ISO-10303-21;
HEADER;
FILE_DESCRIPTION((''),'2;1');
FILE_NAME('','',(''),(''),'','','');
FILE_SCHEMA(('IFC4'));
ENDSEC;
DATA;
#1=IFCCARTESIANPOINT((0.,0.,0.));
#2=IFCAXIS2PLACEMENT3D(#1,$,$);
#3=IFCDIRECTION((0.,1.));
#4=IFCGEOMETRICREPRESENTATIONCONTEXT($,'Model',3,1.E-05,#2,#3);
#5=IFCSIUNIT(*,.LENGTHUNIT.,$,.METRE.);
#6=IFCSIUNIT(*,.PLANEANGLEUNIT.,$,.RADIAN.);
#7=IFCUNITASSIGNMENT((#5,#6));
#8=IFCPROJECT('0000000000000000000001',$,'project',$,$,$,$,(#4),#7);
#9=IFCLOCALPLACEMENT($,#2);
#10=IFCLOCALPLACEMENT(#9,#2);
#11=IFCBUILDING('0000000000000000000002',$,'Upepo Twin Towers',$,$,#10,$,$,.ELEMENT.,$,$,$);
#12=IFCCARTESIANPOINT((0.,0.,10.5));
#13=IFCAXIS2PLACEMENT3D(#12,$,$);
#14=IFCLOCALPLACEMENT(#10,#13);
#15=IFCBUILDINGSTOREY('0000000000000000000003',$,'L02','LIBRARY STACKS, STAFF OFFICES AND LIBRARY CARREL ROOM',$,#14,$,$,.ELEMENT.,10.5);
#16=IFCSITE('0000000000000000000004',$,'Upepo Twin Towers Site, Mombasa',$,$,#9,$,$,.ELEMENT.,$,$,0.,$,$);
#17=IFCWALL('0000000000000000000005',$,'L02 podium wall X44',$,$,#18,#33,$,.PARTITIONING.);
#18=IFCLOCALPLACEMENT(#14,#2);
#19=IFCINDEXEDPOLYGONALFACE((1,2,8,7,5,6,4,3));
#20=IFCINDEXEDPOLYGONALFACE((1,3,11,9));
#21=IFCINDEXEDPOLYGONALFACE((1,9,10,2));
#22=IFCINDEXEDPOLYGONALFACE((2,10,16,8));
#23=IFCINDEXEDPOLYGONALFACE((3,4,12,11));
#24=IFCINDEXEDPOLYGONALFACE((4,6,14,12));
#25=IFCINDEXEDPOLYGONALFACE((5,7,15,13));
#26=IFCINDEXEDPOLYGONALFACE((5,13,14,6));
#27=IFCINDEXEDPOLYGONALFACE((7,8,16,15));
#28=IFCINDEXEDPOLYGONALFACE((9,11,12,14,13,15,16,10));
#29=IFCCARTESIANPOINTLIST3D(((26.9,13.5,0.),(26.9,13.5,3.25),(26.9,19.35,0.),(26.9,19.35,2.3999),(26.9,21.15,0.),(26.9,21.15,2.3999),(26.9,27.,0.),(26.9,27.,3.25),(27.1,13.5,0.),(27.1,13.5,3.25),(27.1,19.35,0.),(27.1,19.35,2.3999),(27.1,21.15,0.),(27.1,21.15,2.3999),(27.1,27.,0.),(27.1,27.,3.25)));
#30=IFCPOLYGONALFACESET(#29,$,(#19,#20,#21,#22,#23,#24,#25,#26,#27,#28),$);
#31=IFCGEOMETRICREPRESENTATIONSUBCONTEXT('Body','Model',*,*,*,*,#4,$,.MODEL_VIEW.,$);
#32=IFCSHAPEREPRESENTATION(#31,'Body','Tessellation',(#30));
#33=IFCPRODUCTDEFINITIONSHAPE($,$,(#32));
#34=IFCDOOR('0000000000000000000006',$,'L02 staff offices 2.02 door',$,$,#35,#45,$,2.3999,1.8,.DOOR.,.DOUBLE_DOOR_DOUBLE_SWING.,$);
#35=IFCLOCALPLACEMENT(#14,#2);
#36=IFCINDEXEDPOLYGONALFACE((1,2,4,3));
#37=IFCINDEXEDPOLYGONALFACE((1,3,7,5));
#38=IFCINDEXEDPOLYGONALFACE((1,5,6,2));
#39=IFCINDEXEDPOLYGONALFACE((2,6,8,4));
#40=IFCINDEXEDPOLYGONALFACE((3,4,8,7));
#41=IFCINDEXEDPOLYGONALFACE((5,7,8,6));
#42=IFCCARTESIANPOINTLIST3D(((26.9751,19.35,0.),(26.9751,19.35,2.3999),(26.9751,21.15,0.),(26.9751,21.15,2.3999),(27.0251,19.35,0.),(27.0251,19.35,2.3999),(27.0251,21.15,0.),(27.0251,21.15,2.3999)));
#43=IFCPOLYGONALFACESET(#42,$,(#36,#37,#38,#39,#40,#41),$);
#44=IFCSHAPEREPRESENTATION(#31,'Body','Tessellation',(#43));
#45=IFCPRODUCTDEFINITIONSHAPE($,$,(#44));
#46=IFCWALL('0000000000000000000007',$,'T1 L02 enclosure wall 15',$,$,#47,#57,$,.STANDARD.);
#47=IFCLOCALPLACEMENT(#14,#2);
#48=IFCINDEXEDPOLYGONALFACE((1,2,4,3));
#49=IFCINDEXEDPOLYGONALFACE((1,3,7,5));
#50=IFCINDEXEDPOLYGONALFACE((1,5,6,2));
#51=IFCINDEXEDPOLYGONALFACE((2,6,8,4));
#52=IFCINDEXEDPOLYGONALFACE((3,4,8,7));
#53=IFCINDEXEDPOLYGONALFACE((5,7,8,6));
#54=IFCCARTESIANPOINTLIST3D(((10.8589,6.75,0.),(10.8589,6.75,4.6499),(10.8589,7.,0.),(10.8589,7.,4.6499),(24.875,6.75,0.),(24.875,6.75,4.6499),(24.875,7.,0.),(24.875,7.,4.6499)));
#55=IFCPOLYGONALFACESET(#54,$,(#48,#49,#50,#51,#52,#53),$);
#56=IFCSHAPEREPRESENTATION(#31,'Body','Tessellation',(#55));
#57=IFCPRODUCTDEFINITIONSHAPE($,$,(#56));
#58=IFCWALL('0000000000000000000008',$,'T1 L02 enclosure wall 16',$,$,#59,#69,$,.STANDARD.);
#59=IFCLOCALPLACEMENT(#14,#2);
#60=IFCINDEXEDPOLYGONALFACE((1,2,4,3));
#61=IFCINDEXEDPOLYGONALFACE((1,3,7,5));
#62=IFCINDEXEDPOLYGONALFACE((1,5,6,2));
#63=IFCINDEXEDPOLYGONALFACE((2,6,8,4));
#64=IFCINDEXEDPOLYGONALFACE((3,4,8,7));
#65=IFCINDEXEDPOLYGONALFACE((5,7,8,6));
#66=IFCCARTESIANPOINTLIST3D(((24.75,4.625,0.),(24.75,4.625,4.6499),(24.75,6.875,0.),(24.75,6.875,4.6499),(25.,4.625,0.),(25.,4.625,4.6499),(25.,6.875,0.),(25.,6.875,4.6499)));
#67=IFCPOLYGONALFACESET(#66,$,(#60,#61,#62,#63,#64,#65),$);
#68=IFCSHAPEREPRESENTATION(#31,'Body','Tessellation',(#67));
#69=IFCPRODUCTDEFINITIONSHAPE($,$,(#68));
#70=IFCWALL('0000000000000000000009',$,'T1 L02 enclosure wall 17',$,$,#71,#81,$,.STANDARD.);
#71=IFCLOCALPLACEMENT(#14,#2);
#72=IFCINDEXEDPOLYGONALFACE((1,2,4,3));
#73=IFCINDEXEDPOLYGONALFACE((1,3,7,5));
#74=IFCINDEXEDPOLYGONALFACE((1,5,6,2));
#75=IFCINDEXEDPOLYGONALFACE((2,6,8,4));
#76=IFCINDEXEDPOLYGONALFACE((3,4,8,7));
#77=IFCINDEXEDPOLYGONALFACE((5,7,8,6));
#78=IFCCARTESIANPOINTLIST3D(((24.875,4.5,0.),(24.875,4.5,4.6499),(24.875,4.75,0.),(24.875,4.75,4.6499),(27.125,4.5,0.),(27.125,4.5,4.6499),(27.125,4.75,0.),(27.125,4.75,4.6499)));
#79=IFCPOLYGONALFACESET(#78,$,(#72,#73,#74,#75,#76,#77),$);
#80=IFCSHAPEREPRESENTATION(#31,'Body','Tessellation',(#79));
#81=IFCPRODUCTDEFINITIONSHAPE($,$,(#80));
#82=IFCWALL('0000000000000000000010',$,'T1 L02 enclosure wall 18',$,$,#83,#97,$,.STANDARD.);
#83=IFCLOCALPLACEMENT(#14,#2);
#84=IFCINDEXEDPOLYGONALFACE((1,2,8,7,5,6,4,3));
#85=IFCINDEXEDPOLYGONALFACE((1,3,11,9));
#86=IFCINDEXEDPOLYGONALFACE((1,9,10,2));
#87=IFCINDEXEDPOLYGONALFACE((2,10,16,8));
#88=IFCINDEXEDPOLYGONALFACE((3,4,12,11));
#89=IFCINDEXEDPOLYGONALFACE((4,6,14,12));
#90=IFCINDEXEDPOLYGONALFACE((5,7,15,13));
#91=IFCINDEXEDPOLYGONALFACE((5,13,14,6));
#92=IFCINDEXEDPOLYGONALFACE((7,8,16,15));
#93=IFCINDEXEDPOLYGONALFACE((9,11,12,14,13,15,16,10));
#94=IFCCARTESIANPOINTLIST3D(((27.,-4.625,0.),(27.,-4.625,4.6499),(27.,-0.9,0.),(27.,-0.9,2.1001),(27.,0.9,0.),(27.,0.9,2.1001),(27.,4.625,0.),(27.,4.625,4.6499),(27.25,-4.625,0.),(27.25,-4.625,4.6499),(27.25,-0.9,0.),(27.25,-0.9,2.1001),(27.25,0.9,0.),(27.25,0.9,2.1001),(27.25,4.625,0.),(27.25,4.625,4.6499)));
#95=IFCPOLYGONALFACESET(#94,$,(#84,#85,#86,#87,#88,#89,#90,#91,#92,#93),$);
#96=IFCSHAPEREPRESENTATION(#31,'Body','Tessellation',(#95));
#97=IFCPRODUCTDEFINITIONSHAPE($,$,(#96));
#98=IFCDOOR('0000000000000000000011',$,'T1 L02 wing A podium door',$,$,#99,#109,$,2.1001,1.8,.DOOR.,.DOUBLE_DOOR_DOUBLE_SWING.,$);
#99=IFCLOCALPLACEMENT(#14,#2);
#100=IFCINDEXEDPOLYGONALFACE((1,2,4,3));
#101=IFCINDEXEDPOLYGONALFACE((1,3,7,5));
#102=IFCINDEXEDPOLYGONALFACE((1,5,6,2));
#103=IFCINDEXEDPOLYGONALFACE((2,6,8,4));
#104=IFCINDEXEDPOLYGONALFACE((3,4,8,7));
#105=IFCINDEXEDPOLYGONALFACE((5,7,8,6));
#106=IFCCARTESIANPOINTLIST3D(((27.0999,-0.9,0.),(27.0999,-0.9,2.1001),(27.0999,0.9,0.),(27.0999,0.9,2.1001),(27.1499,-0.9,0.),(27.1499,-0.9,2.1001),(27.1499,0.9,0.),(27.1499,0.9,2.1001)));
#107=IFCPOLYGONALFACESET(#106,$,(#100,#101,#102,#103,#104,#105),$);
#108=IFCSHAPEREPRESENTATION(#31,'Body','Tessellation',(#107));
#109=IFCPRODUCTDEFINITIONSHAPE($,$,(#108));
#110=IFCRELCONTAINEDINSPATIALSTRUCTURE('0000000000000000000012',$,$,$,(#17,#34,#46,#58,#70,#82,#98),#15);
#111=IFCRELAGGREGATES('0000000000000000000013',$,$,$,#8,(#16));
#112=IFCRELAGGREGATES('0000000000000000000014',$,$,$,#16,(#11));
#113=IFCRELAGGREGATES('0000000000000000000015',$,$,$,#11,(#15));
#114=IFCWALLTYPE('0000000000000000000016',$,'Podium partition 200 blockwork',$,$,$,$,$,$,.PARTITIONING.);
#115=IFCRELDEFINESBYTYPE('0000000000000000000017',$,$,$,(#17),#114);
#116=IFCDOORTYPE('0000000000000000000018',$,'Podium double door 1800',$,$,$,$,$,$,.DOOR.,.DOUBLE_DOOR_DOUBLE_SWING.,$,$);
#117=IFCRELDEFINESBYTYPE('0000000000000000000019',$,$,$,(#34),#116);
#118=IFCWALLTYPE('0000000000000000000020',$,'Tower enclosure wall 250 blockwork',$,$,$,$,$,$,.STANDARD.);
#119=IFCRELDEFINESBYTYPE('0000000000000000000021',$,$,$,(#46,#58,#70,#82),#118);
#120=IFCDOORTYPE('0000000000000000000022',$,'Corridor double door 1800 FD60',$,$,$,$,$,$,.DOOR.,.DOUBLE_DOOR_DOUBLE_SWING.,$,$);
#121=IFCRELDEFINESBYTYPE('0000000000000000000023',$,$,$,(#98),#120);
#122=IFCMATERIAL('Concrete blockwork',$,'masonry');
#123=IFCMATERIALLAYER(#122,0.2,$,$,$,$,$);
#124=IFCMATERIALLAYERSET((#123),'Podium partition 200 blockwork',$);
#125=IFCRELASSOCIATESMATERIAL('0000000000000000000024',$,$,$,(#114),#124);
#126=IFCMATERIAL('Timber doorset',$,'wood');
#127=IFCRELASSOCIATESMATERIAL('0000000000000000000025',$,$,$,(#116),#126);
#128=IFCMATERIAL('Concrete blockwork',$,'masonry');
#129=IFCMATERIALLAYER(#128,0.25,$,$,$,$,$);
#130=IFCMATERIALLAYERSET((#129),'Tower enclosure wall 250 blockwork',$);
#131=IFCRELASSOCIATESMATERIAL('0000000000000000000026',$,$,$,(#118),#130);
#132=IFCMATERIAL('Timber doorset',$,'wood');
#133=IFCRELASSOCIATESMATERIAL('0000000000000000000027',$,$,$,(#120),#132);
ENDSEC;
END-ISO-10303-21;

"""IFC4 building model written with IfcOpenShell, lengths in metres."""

from ifc_helpers import new_model, si_unit, direction, frame, frame_2d, origin, place, context, subcontext, project, spatial, rectangle, extrude, material, layer, layer_set, type_object, element, fill, save


model = new_model("IFC4")

# Units and contexts
model_context = context("Model", 3, precision=1e-05, world=origin(), true_north=direction((0.0, 1.0)))
body_context = subcontext(model_context, "Body", "Model", "MODEL_VIEW")
ifc_project = project(units=[si_unit("LENGTHUNIT", "METRE"), si_unit("PLANEANGLEUNIT", "RADIAN")], contexts=[model_context])

# Site, building, storey
site_placement = place(None, origin())
site = spatial("IfcSite", under=ifc_project, at=site_placement, Name="Upepo Twin Towers Site, Mombasa", CompositionType="ELEMENT", RefElevation=0.0)
building_placement = place(site_placement, origin())
building = spatial("IfcBuilding", under=site, at=building_placement, Name="Upepo Twin Towers", CompositionType="ELEMENT")
storey_placement = place(building_placement, frame((0.0, 0.0, 10.5)))
storey = spatial("IfcBuildingStorey", under=building, at=storey_placement, Name="L02", Description="LIBRARY STACKS, STAFF OFFICES AND LIBRARY CARREL ROOM", CompositionType="ELEMENT", Elevation=10.5)

# Shared definitions
ifc_material_1 = material(Name="Concrete blockwork", Category="masonry")
ifc_layer_1 = layer(ifc_material_1, 0.2)
ifc_layer_set_1 = layer_set([ifc_layer_1], Name="Podium partition 200 blockwork")
wall_type_1 = type_object("IfcWallType", Name="Podium partition 200 blockwork", PredefinedType="PARTITIONING", material=ifc_layer_set_1)
ifc_material_2 = material(Name="Timber doorset", Category="wood")
door_type_1 = type_object("IfcDoorType", Name="Podium double door 1800", OperationType="DOUBLE_DOOR_DOUBLE_SWING", PredefinedType="DOOR", material=ifc_material_2)

# Wall, opening, door
wall_1_placement = place(storey_placement, frame((27.0, 13.5, 0.0), z_axis=(0.0, 0.0, 1.0), x_axis=(0.0, 1.0, 0.0)))
wall_1 = element("IfcWall", 1, at=wall_1_placement, inside=storey, type_object=wall_type_1, Name="L02 podium wall X44", PredefinedType="PARTITIONING", context=body_context, shape_type="SweptSolid", body=[
    extrude(rectangle(XDim=13.5, YDim=0.2, at=frame_2d((6.75, 0.0))), origin(), (0.0, 0.0, 1.0), 3.25),
])
opening_1_placement = place(wall_1_placement, frame((5.8501, 0.0, 0.0)))
opening_1 = element("IfcOpeningElement", 2, at=opening_1_placement, cuts=wall_1, PredefinedType="OPENING", context=body_context, shape_type="SweptSolid", body=[
    extrude(rectangle(XDim=1.8, YDim=2.3999, at=frame_2d((0.8999, 1.2))), frame((0.0, 0.1099, 0.0), z_axis=(0.0, -1.0, 0.0), x_axis=(1.0, 0.0, 0.0)), (0.0, 0.0, 1.0), 0.22),
])
door_1_placement = place(opening_1_placement, origin())
door_1 = element("IfcDoor", 3, at=door_1_placement, inside=storey, type_object=door_type_1, Name="L02 staff offices 2.02 door", OperationType="DOUBLE_DOOR_DOUBLE_SWING", OverallHeight=2.3999, OverallWidth=1.8, PredefinedType="DOOR", context=body_context, shape_type="SweptSolid", body=[
    extrude(rectangle(XDim=1.8, YDim=2.3999, at=frame_2d((0.8999, 1.2))), frame((0.0, 0.0249, 0.0), z_axis=(0.0, -1.0, 0.0), x_axis=(1.0, 0.0, 0.0)), (0.0, 0.0, 1.0), 0.05),
])
fill(opening_1, door_1)

# Walls
ifc_material_3 = material(Name="Concrete blockwork", Category="masonry")
ifc_layer_2 = layer(ifc_material_3, 0.25)
ifc_layer_set_2 = layer_set([ifc_layer_2], Name="Tower enclosure wall 250 blockwork")
wall_type_2 = type_object("IfcWallType", Name="Tower enclosure wall 250 blockwork", PredefinedType="STANDARD", material=ifc_layer_set_2)
wall_2_placement = place(storey_placement, frame((10.8589, 6.875, 0.0), z_axis=(0.0, 0.0, 1.0), x_axis=(1.0, 0.0, 0.0)))
element("IfcWall", 4, at=wall_2_placement, inside=storey, type_object=wall_type_2, Name="T1 L02 enclosure wall 15", PredefinedType="STANDARD", context=body_context, shape_type="SweptSolid", body=[
    extrude(rectangle(XDim=14.0161, YDim=0.25, at=frame_2d((7.0081, 0.0))), origin(), (0.0, 0.0, 1.0), 4.6499),
])
for number, where, z_axis, x_axis, name in (
    (5, (24.875, 6.875, 0.0), (0.0, 0.0, 1.0), (0.0, -1.0, 0.0), "T1 L02 enclosure wall 16"),
    (6, (24.875, 4.625, 0.0), (0.0, 0.0, 1.0), (1.0, 0.0, 0.0), "T1 L02 enclosure wall 17"),
):
    element("IfcWall", number, at=place(storey_placement, frame(where, z_axis=z_axis, x_axis=x_axis)), inside=storey, type_object=wall_type_2, Name=name, PredefinedType="STANDARD", context=body_context, shape_type="SweptSolid", body=[
        extrude(rectangle(XDim=2.25, YDim=0.25, at=frame_2d((1.125, 0.0))), origin(), (0.0, 0.0, 1.0), 4.6499),
    ])

# Wall, opening, door
wall_3_placement = place(storey_placement, frame((27.125, 4.625, 0.0), z_axis=(0.0, 0.0, 1.0), x_axis=(0.0, -1.0, 0.0)))
wall_3 = element("IfcWall", 7, at=wall_3_placement, inside=storey, type_object=wall_type_2, Name="T1 L02 enclosure wall 18", PredefinedType="STANDARD", context=body_context, shape_type="SweptSolid", body=[
    extrude(rectangle(XDim=9.25, YDim=0.25, at=frame_2d((4.625, 0.0))), origin(), (0.0, 0.0, 1.0), 4.6499),
])
opening_2_placement = place(wall_3_placement, frame((3.7251, 0.0, 0.0)))
opening_2 = element("IfcOpeningElement", 8, at=opening_2_placement, cuts=wall_3, PredefinedType="OPENING", context=body_context, shape_type="SweptSolid", body=[
    extrude(rectangle(XDim=1.8, YDim=2.1001, at=frame_2d((0.8999, 1.05))), frame((0.0, 0.135, 0.0), z_axis=(0.0, -1.0, 0.0), x_axis=(1.0, 0.0, 0.0)), (0.0, 0.0, 1.0), 0.27),
])
ifc_material_4 = material(Name="Timber doorset", Category="wood")
door_type_2 = type_object("IfcDoorType", Name="Corridor double door 1800 FD60", OperationType="DOUBLE_DOOR_DOUBLE_SWING", PredefinedType="DOOR", material=ifc_material_4)
door_2_placement = place(opening_2_placement, origin())
door_2 = element("IfcDoor", 9, at=door_2_placement, inside=storey, type_object=door_type_2, Name="T1 L02 wing A podium door", OperationType="DOUBLE_DOOR_DOUBLE_SWING", OverallHeight=2.1001, OverallWidth=1.8, PredefinedType="DOOR", context=body_context, shape_type="SweptSolid", body=[
    extrude(rectangle(XDim=1.8, YDim=2.1001, at=frame_2d((0.8999, 1.05))), frame((0.0, 0.0249, 0.0), z_axis=(0.0, -1.0, 0.0), x_axis=(1.0, 0.0, 0.0)), (0.0, 0.0, 1.0), 0.05),
])
fill(opening_2, door_2)

save(model, "model.ifc")
